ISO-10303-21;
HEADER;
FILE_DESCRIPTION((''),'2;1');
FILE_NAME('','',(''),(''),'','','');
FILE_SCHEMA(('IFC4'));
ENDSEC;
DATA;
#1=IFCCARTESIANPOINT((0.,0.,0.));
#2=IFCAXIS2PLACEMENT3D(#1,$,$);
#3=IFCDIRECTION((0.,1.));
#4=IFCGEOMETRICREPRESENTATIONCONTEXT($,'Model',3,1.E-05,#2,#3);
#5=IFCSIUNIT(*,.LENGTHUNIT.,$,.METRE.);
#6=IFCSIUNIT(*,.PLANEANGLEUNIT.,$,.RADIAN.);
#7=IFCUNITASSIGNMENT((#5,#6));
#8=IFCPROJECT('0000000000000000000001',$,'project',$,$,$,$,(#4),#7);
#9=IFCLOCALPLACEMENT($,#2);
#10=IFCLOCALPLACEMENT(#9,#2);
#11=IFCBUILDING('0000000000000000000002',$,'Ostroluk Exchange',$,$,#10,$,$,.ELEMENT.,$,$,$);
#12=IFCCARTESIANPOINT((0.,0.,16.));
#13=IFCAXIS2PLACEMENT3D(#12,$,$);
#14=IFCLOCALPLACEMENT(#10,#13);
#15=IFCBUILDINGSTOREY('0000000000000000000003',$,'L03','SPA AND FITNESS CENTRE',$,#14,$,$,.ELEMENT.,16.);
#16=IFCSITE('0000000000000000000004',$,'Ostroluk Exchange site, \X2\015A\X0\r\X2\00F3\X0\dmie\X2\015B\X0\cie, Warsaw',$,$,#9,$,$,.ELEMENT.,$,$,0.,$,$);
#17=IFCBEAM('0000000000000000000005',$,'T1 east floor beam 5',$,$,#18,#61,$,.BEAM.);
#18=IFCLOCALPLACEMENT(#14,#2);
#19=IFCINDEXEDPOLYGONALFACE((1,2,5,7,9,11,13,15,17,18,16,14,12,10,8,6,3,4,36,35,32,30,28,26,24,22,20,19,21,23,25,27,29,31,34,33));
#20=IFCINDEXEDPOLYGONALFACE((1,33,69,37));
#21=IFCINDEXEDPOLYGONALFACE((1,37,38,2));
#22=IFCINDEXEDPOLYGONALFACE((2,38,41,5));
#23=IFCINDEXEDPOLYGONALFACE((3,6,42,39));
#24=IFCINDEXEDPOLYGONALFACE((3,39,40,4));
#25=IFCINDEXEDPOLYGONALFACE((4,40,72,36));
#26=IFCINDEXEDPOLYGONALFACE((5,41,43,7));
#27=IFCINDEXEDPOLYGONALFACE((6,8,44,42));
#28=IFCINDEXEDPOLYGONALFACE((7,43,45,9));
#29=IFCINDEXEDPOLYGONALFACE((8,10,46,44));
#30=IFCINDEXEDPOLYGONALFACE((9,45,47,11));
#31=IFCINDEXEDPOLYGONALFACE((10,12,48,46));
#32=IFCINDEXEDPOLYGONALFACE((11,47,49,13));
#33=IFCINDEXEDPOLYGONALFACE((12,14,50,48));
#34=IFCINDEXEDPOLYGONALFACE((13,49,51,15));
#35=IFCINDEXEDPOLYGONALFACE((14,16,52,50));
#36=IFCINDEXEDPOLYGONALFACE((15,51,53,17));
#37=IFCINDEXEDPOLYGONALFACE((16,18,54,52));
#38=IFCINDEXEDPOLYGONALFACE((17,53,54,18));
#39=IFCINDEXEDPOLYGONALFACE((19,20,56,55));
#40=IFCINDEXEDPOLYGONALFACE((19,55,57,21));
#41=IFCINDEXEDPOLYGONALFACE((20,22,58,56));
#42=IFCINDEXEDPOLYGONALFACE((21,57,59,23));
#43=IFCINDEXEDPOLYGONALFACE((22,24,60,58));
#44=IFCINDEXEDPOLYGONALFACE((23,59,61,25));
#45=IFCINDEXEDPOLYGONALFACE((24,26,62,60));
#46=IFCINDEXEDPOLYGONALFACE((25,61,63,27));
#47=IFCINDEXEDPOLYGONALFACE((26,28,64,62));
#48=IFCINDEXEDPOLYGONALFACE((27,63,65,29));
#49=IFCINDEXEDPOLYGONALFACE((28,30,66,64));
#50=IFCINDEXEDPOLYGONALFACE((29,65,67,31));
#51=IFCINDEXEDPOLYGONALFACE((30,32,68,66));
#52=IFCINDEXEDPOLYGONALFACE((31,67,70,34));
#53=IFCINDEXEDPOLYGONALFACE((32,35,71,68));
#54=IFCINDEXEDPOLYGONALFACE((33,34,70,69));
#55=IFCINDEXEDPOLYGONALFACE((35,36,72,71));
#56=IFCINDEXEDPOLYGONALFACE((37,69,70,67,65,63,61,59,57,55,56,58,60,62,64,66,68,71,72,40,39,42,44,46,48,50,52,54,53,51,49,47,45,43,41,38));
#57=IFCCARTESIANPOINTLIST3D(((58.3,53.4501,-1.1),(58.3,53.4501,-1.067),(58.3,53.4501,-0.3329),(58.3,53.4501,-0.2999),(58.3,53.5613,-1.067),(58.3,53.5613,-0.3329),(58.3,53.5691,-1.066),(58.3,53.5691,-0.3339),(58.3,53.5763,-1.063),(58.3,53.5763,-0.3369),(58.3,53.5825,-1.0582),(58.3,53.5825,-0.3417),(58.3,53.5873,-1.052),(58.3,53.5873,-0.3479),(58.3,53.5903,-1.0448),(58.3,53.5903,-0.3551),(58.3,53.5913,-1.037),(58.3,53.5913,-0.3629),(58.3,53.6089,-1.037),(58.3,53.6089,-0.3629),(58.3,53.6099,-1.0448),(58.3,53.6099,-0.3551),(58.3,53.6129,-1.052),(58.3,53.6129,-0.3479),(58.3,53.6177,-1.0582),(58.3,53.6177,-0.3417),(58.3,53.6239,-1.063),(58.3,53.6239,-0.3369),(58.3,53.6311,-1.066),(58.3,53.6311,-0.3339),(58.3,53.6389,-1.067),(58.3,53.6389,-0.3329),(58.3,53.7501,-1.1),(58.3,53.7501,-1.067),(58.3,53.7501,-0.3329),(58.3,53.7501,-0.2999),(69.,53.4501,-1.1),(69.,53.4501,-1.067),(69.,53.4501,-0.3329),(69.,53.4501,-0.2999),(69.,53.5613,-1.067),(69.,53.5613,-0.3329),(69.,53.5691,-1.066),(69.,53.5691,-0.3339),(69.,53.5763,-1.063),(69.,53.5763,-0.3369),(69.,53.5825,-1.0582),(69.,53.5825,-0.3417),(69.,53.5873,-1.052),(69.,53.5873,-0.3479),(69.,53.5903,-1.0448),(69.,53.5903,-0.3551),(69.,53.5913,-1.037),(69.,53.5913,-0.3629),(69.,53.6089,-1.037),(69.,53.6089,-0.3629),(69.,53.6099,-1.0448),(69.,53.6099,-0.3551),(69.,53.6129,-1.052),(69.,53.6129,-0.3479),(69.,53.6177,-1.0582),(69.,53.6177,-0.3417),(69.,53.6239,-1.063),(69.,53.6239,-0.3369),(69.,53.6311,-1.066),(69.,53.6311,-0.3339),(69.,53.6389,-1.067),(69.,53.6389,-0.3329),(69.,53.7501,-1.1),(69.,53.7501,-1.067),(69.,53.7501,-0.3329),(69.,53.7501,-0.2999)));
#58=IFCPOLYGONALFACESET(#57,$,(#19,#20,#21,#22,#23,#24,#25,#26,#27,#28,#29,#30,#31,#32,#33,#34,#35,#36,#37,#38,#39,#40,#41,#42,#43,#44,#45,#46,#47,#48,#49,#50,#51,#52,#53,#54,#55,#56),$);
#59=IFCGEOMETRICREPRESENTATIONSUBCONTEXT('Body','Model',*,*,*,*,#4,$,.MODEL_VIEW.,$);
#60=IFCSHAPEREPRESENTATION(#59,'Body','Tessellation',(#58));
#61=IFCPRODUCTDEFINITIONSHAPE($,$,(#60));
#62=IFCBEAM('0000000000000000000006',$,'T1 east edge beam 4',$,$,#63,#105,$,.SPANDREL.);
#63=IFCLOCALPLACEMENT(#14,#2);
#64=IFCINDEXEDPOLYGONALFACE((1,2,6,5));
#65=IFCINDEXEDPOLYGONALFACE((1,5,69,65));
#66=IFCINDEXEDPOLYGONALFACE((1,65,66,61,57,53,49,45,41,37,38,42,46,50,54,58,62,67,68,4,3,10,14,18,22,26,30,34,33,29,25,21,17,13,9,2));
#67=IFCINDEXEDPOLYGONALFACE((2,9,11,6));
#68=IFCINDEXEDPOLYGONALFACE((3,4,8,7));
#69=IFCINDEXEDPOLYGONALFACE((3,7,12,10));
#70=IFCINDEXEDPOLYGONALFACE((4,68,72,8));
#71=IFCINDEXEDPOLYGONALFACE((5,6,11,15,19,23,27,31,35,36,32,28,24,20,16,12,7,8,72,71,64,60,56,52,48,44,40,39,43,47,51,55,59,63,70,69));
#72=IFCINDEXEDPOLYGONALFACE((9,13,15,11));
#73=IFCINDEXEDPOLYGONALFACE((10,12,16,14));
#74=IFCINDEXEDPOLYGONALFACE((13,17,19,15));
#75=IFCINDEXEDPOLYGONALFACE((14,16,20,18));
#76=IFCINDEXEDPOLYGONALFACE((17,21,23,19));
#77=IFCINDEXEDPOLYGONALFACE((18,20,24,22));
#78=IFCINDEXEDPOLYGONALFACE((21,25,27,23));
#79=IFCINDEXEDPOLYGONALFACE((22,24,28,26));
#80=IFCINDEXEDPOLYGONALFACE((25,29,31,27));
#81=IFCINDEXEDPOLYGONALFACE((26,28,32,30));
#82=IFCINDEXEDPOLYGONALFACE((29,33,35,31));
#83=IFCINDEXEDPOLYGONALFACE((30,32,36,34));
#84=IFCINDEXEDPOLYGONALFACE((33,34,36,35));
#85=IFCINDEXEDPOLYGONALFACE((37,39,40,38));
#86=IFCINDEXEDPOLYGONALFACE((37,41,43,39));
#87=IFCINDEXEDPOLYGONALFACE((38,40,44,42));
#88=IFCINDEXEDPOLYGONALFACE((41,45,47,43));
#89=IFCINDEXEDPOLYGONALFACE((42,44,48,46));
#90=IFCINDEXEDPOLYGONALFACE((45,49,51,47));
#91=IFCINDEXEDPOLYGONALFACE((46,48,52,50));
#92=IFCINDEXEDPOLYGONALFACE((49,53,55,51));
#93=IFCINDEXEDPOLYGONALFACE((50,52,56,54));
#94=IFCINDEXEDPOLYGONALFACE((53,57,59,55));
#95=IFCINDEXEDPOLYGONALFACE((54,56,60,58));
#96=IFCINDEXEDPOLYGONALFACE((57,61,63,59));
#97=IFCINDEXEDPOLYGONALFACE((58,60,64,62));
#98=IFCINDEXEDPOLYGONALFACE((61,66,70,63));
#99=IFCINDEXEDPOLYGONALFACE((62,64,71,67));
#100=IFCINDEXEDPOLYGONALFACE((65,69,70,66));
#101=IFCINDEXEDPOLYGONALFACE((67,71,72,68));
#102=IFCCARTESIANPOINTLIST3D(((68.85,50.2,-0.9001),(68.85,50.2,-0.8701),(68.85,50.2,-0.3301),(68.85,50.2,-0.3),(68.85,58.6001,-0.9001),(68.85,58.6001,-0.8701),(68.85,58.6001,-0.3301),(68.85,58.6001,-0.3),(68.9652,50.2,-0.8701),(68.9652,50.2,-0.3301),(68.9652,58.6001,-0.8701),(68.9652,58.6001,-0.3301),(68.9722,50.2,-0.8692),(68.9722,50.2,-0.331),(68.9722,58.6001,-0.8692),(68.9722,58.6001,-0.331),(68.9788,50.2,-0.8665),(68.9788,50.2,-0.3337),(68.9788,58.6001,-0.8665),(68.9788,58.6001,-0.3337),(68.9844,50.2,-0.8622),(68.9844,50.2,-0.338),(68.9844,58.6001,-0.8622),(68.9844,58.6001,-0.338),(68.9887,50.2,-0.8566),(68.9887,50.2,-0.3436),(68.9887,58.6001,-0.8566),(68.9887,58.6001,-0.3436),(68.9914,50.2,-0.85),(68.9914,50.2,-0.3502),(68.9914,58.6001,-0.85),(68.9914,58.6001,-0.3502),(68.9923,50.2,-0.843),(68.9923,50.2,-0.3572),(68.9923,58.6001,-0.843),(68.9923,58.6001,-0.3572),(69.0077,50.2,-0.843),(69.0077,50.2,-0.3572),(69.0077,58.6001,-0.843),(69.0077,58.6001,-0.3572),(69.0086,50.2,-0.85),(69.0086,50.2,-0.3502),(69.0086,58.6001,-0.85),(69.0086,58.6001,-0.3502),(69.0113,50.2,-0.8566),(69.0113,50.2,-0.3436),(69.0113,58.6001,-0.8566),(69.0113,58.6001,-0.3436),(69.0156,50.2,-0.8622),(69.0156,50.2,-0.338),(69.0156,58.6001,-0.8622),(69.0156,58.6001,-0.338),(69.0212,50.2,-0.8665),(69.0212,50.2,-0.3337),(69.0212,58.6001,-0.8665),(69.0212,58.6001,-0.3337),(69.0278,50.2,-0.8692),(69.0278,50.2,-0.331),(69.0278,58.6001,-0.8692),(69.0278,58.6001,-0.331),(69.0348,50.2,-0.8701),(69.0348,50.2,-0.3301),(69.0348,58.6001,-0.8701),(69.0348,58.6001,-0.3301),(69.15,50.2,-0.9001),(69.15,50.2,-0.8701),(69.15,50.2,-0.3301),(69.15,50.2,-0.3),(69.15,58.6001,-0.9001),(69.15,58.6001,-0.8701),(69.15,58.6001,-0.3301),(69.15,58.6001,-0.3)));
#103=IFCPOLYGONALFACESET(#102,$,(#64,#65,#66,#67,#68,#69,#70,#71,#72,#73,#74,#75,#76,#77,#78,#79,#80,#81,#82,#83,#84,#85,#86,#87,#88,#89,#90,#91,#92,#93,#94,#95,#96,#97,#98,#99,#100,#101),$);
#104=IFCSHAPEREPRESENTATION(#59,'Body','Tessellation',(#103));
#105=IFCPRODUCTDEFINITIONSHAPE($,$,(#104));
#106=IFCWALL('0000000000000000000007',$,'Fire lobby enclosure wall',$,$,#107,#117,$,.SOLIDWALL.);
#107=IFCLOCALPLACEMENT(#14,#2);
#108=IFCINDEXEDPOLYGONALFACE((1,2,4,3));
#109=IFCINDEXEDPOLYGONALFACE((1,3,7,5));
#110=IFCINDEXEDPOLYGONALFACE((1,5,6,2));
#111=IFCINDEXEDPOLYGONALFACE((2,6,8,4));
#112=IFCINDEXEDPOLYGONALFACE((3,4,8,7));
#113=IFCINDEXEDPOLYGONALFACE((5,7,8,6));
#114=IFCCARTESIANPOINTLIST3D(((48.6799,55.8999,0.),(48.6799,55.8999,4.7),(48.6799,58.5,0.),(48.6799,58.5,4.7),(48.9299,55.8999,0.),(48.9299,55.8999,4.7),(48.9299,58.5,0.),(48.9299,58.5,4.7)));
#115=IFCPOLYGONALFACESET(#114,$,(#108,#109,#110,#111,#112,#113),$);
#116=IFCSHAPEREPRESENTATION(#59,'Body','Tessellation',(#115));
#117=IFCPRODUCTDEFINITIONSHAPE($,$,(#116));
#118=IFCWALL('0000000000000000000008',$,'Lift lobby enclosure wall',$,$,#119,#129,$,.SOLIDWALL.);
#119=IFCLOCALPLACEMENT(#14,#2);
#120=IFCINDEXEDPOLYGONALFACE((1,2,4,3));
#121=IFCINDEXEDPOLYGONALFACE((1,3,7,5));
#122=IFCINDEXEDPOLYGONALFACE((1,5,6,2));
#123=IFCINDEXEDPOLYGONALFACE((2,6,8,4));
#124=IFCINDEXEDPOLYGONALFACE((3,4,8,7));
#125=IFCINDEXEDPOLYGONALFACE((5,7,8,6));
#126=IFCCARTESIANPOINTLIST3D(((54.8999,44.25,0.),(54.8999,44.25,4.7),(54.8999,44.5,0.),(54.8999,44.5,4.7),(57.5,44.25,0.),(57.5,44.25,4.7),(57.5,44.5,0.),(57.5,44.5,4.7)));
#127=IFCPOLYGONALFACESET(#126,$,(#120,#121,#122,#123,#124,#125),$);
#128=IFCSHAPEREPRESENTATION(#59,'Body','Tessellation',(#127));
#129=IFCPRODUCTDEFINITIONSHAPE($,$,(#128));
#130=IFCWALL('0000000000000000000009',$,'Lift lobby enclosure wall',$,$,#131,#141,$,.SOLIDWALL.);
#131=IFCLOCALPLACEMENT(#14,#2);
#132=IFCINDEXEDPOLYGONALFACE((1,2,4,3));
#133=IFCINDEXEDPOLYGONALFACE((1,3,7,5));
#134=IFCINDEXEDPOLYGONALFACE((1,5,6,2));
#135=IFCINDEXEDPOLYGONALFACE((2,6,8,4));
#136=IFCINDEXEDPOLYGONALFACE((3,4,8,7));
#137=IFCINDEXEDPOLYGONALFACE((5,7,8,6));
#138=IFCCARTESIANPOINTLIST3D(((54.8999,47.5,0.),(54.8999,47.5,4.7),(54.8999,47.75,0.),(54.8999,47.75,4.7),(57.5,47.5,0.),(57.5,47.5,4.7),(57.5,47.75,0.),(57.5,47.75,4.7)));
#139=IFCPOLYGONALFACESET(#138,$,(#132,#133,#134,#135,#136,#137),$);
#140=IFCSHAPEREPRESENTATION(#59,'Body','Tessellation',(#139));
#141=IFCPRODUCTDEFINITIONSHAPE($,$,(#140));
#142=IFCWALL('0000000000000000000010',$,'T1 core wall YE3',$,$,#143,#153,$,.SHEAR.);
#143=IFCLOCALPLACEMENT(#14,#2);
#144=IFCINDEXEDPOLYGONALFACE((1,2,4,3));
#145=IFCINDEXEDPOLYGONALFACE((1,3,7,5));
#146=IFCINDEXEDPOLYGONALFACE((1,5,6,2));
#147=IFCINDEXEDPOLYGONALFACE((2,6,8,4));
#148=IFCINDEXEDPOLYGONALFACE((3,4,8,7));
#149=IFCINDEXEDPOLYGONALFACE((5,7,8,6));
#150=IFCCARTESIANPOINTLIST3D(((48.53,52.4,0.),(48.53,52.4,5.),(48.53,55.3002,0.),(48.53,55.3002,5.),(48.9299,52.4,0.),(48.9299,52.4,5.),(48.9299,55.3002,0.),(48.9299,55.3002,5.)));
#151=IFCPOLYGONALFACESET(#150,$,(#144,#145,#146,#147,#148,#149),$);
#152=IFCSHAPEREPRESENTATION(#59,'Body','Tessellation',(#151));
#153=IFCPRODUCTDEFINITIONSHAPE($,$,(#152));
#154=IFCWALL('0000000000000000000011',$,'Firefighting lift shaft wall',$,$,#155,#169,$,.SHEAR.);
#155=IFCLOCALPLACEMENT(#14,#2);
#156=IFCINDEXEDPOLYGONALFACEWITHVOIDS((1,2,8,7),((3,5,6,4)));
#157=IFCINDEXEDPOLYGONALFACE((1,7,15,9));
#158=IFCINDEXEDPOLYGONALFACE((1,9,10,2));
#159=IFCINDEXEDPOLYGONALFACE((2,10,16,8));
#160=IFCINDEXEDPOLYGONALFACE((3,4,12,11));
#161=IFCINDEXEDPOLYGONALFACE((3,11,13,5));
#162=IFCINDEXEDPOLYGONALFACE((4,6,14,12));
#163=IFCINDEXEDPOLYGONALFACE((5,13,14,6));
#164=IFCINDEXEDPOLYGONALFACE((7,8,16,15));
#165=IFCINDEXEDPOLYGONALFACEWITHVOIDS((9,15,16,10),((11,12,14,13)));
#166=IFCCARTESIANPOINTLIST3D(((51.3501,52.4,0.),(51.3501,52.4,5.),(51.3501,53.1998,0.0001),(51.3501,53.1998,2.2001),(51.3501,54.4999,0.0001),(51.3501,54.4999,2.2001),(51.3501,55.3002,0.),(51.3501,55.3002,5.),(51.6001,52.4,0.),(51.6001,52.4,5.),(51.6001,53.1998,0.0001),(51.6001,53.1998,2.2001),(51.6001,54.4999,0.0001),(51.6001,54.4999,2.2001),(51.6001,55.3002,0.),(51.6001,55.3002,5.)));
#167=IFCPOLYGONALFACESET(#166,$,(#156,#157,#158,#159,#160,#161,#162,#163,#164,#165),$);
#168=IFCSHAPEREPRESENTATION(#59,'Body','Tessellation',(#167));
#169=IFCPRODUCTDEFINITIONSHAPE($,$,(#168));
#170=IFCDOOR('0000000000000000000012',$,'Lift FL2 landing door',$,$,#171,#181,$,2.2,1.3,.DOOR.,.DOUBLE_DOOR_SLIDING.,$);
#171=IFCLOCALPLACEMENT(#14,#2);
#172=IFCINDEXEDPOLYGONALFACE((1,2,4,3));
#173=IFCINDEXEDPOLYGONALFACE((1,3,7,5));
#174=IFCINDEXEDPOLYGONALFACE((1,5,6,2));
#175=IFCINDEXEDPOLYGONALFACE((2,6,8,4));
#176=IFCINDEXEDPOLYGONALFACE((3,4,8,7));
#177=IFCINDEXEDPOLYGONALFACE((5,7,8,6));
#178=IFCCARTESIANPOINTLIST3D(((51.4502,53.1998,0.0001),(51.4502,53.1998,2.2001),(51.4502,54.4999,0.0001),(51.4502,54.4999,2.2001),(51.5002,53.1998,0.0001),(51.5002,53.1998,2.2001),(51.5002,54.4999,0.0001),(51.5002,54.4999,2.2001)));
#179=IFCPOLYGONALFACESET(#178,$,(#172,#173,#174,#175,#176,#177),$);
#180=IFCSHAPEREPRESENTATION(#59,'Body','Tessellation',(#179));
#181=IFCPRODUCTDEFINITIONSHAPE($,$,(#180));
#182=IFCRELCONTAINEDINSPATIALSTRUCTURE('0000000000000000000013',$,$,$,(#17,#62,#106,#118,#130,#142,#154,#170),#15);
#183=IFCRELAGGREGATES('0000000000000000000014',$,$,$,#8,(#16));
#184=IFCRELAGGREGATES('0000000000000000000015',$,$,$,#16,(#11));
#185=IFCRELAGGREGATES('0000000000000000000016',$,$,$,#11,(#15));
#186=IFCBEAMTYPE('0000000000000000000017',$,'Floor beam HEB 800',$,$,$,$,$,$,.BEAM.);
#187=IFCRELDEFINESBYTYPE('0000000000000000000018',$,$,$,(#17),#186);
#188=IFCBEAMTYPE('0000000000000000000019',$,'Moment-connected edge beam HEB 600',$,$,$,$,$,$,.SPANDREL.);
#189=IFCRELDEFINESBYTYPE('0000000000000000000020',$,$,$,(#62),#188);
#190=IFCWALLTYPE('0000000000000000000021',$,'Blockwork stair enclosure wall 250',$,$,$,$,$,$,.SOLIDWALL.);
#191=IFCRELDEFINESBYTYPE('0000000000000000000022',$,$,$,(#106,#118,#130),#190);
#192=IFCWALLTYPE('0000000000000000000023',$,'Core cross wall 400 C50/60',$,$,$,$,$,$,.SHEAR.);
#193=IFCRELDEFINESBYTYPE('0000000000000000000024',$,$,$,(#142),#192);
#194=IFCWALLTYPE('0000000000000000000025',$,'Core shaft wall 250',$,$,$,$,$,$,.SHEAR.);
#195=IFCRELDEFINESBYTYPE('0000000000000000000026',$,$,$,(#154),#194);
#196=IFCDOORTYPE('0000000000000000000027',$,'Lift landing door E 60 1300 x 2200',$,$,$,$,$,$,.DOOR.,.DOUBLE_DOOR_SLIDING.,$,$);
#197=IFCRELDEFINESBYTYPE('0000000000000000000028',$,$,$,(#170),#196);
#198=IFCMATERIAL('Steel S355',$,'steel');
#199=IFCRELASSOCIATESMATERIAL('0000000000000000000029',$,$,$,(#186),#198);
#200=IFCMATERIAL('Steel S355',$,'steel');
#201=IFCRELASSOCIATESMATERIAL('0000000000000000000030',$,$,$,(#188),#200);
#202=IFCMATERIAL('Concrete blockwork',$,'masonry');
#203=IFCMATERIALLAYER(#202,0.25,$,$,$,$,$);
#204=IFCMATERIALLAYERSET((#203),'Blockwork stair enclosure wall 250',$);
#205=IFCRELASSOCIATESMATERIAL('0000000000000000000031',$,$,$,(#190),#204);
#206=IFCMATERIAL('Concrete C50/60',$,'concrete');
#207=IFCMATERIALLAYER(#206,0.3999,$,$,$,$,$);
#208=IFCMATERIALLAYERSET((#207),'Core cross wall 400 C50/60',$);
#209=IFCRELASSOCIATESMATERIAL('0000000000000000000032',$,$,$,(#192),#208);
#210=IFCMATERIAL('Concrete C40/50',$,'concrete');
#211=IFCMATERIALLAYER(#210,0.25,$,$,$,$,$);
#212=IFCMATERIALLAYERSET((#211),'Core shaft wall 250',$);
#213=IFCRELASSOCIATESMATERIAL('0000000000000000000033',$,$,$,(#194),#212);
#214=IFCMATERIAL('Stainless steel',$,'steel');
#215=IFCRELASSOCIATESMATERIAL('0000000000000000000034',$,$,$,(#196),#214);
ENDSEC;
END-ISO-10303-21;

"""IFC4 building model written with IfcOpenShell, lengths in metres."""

from ifc_helpers import new_model, si_unit, direction, frame, frame_2d, origin, origin_2d, place, context, subcontext, project, spatial, rectangle, i_section, extrude, material, layer, layer_set, material_profile, profile_set, type_object, element, fill, save


model = new_model("IFC4")

# Units and contexts
model_context = context("Model", 3, precision=1e-05, world=origin(), true_north=direction((0.0, 1.0)))
body_context = subcontext(model_context, "Body", "Model", "MODEL_VIEW")
ifc_project = project(units=[si_unit("LENGTHUNIT", "METRE"), si_unit("PLANEANGLEUNIT", "RADIAN")], contexts=[model_context])

# Site, building, storey
site_placement = place(None, origin())
site = spatial("IfcSite", under=ifc_project, at=site_placement, Name="Ostroluk Exchange site, Śródmieście, Warsaw", CompositionType="ELEMENT", RefElevation=0.0)
building_placement = place(site_placement, origin())
building = spatial("IfcBuilding", under=site, at=building_placement, Name="Ostroluk Exchange", CompositionType="ELEMENT")
storey_placement = place(building_placement, frame((0.0, 0.0, 16.0)))
storey = spatial("IfcBuildingStorey", under=building, at=storey_placement, Name="L03", Description="SPA AND FITNESS CENTRE", CompositionType="ELEMENT", Elevation=16.0)

# Beams
ifc_material_1 = material(Name="Steel S355", Category="steel")
ifc_material_profile_1 = material_profile(ifc_material_1, i_section(OverallWidth=0.3, OverallDepth=0.8, WebThickness=0.0176, FlangeThickness=0.033, FilletRadius=0.03, at=origin_2d()), Name="HEB 800")
ifc_profile_set_1 = profile_set([ifc_material_profile_1], Name="Steel S355")
beam_type_1 = type_object("IfcBeamType", Name="Floor beam HEB 800", PredefinedType="BEAM", material=ifc_profile_set_1)
for number, where, z_axis, x_axis, name in (
    (1, (58.3, 53.6001, -0.7), (1.0, 0.0, 0.0), (0.0, 1.0, 0.0), "T1 east floor beam 5"),
):
    element("IfcBeam", number, at=place(storey_placement, frame(where, z_axis=z_axis, x_axis=x_axis)), inside=storey, type_object=beam_type_1, Name=name, PredefinedType="BEAM", context=body_context, shape_type="SweptSolid", body=[
        extrude(i_section(OverallWidth=0.3, OverallDepth=0.8, WebThickness=0.0176, FlangeThickness=0.033, FilletRadius=0.03, at=origin_2d()), origin(), (0.0, 0.0, 1.0), 10.7),
    ])
ifc_material_2 = material(Name="Steel S355", Category="steel")
ifc_material_profile_2 = material_profile(ifc_material_2, i_section(OverallWidth=0.3, OverallDepth=0.6001, WebThickness=0.0154, FlangeThickness=0.03, FilletRadius=0.0271, at=origin_2d()), Name="HEB 600")
ifc_profile_set_2 = profile_set([ifc_material_profile_2], Name="Steel S355")
beam_type_2 = type_object("IfcBeamType", Name="Moment-connected edge beam HEB 600", PredefinedType="SPANDREL", material=ifc_profile_set_2)
beam_placement = place(storey_placement, frame((69.0, 50.2, -0.6001), z_axis=(0.0, 1.0, 0.0), x_axis=(-1.0, 0.0, 0.0)))
element("IfcBeam", 2, at=beam_placement, inside=storey, type_object=beam_type_2, Name="T1 east edge beam 4", PredefinedType="SPANDREL", context=body_context, shape_type="SweptSolid", body=[
    extrude(i_section(OverallWidth=0.3, OverallDepth=0.6001, WebThickness=0.0154, FlangeThickness=0.03, FilletRadius=0.0271, at=origin_2d()), origin(), (0.0, 0.0, 1.0), 8.4001),
])

# Walls
ifc_material_3 = material(Name="Concrete blockwork", Category="masonry")
ifc_layer_1 = layer(ifc_material_3, 0.25)
ifc_layer_set_1 = layer_set([ifc_layer_1], Name="Blockwork stair enclosure wall 250")
wall_type_1 = type_object("IfcWallType", Name="Blockwork stair enclosure wall 250", PredefinedType="SOLIDWALL", material=ifc_layer_set_1)
for number, where, z_axis, x_axis, name in (
    (3, (48.8049, 55.8999, 0.0), (0.0, 0.0, 1.0), (0.0, 1.0, 0.0), "Fire lobby enclosure wall"),
    (4, (54.8999, 44.375, 0.0), (0.0, 0.0, 1.0), (1.0, 0.0, 0.0), "Lift lobby enclosure wall"),
    (5, (54.8999, 47.625, 0.0), (0.0, 0.0, 1.0), (1.0, 0.0, 0.0), "Lift lobby enclosure wall"),
):
    element("IfcWall", number, at=place(storey_placement, frame(where, z_axis=z_axis, x_axis=x_axis)), inside=storey, type_object=wall_type_1, Name=name, PredefinedType="SOLIDWALL", context=body_context, shape_type="SweptSolid", body=[
        extrude(rectangle(XDim=2.6001, YDim=0.25, at=frame_2d((1.3, 0.0))), origin(), (0.0, 0.0, 1.0), 4.7),
    ])
ifc_material_4 = material(Name="Concrete C50/60", Category="concrete")
ifc_layer_2 = layer(ifc_material_4, 0.3999)
ifc_layer_set_2 = layer_set([ifc_layer_2], Name="Core cross wall 400 C50/60")
wall_type_2 = type_object("IfcWallType", Name="Core cross wall 400 C50/60", PredefinedType="SHEAR", material=ifc_layer_set_2)
wall_1_placement = place(storey_placement, frame((48.73, 52.3999, 0.0), z_axis=(0.0, 0.0, 1.0), x_axis=(0.0, 1.0, 0.0)))
element("IfcWall", 6, at=wall_1_placement, inside=storey, type_object=wall_type_2, Name="T1 core wall YE3", PredefinedType="SHEAR", context=body_context, shape_type="SweptSolid", body=[
    extrude(rectangle(XDim=2.9001, YDim=0.3999, at=frame_2d((1.4502, 0.0))), origin(), (0.0, 0.0, 1.0), 5.0),
])

# Wall, opening, door
ifc_material_5 = material(Name="Concrete C40/50", Category="concrete")
ifc_layer_3 = layer(ifc_material_5, 0.25)
ifc_layer_set_3 = layer_set([ifc_layer_3], Name="Core shaft wall 250")
wall_type_3 = type_object("IfcWallType", Name="Core shaft wall 250", PredefinedType="SHEAR", material=ifc_layer_set_3)
wall_2_placement = place(storey_placement, frame((51.4751, 52.3999, 0.0), z_axis=(0.0, 0.0, 1.0), x_axis=(0.0, 1.0, 0.0)))
wall_2 = element("IfcWall", 7, at=wall_2_placement, inside=storey, type_object=wall_type_3, Name="Firefighting lift shaft wall", PredefinedType="SHEAR", context=body_context, shape_type="SweptSolid", body=[
    extrude(rectangle(XDim=2.9001, YDim=0.25, at=frame_2d((1.4502, 0.0))), origin(), (0.0, 0.0, 1.0), 5.0),
])
opening_placement = place(wall_2_placement, frame((0.8, 0.0, 0.0)))
opening = element("IfcOpeningElement", 8, at=opening_placement, cuts=wall_2, PredefinedType="OPENING", context=body_context, shape_type="SweptSolid", body=[
    extrude(rectangle(XDim=1.3, YDim=2.2, at=frame_2d((0.6499, 1.1001))), frame((0.0, 0.135, 0.0), z_axis=(0.0, -1.0, 0.0), x_axis=(1.0, 0.0, 0.0)), (0.0, 0.0, 1.0), 0.27),
])
ifc_material_6 = material(Name="Stainless steel", Category="steel")
door_type = type_object("IfcDoorType", Name="Lift landing door E 60 1300 x 2200", OperationType="DOUBLE_DOOR_SLIDING", PredefinedType="DOOR", material=ifc_material_6)
door_placement = place(opening_placement, origin())
door = element("IfcDoor", 9, at=door_placement, inside=storey, type_object=door_type, Name="Lift FL2 landing door", OperationType="DOUBLE_DOOR_SLIDING", OverallHeight=2.2, OverallWidth=1.3, PredefinedType="DOOR", context=body_context, shape_type="SweptSolid", body=[
    extrude(rectangle(XDim=1.3, YDim=2.2, at=frame_2d((0.6499, 1.1001))), frame((0.0, 0.0249, 0.0), z_axis=(0.0, -1.0, 0.0), x_axis=(1.0, 0.0, 0.0)), (0.0, 0.0, 1.0), 0.05),
])
fill(opening, door)

save(model, "model.ifc")
